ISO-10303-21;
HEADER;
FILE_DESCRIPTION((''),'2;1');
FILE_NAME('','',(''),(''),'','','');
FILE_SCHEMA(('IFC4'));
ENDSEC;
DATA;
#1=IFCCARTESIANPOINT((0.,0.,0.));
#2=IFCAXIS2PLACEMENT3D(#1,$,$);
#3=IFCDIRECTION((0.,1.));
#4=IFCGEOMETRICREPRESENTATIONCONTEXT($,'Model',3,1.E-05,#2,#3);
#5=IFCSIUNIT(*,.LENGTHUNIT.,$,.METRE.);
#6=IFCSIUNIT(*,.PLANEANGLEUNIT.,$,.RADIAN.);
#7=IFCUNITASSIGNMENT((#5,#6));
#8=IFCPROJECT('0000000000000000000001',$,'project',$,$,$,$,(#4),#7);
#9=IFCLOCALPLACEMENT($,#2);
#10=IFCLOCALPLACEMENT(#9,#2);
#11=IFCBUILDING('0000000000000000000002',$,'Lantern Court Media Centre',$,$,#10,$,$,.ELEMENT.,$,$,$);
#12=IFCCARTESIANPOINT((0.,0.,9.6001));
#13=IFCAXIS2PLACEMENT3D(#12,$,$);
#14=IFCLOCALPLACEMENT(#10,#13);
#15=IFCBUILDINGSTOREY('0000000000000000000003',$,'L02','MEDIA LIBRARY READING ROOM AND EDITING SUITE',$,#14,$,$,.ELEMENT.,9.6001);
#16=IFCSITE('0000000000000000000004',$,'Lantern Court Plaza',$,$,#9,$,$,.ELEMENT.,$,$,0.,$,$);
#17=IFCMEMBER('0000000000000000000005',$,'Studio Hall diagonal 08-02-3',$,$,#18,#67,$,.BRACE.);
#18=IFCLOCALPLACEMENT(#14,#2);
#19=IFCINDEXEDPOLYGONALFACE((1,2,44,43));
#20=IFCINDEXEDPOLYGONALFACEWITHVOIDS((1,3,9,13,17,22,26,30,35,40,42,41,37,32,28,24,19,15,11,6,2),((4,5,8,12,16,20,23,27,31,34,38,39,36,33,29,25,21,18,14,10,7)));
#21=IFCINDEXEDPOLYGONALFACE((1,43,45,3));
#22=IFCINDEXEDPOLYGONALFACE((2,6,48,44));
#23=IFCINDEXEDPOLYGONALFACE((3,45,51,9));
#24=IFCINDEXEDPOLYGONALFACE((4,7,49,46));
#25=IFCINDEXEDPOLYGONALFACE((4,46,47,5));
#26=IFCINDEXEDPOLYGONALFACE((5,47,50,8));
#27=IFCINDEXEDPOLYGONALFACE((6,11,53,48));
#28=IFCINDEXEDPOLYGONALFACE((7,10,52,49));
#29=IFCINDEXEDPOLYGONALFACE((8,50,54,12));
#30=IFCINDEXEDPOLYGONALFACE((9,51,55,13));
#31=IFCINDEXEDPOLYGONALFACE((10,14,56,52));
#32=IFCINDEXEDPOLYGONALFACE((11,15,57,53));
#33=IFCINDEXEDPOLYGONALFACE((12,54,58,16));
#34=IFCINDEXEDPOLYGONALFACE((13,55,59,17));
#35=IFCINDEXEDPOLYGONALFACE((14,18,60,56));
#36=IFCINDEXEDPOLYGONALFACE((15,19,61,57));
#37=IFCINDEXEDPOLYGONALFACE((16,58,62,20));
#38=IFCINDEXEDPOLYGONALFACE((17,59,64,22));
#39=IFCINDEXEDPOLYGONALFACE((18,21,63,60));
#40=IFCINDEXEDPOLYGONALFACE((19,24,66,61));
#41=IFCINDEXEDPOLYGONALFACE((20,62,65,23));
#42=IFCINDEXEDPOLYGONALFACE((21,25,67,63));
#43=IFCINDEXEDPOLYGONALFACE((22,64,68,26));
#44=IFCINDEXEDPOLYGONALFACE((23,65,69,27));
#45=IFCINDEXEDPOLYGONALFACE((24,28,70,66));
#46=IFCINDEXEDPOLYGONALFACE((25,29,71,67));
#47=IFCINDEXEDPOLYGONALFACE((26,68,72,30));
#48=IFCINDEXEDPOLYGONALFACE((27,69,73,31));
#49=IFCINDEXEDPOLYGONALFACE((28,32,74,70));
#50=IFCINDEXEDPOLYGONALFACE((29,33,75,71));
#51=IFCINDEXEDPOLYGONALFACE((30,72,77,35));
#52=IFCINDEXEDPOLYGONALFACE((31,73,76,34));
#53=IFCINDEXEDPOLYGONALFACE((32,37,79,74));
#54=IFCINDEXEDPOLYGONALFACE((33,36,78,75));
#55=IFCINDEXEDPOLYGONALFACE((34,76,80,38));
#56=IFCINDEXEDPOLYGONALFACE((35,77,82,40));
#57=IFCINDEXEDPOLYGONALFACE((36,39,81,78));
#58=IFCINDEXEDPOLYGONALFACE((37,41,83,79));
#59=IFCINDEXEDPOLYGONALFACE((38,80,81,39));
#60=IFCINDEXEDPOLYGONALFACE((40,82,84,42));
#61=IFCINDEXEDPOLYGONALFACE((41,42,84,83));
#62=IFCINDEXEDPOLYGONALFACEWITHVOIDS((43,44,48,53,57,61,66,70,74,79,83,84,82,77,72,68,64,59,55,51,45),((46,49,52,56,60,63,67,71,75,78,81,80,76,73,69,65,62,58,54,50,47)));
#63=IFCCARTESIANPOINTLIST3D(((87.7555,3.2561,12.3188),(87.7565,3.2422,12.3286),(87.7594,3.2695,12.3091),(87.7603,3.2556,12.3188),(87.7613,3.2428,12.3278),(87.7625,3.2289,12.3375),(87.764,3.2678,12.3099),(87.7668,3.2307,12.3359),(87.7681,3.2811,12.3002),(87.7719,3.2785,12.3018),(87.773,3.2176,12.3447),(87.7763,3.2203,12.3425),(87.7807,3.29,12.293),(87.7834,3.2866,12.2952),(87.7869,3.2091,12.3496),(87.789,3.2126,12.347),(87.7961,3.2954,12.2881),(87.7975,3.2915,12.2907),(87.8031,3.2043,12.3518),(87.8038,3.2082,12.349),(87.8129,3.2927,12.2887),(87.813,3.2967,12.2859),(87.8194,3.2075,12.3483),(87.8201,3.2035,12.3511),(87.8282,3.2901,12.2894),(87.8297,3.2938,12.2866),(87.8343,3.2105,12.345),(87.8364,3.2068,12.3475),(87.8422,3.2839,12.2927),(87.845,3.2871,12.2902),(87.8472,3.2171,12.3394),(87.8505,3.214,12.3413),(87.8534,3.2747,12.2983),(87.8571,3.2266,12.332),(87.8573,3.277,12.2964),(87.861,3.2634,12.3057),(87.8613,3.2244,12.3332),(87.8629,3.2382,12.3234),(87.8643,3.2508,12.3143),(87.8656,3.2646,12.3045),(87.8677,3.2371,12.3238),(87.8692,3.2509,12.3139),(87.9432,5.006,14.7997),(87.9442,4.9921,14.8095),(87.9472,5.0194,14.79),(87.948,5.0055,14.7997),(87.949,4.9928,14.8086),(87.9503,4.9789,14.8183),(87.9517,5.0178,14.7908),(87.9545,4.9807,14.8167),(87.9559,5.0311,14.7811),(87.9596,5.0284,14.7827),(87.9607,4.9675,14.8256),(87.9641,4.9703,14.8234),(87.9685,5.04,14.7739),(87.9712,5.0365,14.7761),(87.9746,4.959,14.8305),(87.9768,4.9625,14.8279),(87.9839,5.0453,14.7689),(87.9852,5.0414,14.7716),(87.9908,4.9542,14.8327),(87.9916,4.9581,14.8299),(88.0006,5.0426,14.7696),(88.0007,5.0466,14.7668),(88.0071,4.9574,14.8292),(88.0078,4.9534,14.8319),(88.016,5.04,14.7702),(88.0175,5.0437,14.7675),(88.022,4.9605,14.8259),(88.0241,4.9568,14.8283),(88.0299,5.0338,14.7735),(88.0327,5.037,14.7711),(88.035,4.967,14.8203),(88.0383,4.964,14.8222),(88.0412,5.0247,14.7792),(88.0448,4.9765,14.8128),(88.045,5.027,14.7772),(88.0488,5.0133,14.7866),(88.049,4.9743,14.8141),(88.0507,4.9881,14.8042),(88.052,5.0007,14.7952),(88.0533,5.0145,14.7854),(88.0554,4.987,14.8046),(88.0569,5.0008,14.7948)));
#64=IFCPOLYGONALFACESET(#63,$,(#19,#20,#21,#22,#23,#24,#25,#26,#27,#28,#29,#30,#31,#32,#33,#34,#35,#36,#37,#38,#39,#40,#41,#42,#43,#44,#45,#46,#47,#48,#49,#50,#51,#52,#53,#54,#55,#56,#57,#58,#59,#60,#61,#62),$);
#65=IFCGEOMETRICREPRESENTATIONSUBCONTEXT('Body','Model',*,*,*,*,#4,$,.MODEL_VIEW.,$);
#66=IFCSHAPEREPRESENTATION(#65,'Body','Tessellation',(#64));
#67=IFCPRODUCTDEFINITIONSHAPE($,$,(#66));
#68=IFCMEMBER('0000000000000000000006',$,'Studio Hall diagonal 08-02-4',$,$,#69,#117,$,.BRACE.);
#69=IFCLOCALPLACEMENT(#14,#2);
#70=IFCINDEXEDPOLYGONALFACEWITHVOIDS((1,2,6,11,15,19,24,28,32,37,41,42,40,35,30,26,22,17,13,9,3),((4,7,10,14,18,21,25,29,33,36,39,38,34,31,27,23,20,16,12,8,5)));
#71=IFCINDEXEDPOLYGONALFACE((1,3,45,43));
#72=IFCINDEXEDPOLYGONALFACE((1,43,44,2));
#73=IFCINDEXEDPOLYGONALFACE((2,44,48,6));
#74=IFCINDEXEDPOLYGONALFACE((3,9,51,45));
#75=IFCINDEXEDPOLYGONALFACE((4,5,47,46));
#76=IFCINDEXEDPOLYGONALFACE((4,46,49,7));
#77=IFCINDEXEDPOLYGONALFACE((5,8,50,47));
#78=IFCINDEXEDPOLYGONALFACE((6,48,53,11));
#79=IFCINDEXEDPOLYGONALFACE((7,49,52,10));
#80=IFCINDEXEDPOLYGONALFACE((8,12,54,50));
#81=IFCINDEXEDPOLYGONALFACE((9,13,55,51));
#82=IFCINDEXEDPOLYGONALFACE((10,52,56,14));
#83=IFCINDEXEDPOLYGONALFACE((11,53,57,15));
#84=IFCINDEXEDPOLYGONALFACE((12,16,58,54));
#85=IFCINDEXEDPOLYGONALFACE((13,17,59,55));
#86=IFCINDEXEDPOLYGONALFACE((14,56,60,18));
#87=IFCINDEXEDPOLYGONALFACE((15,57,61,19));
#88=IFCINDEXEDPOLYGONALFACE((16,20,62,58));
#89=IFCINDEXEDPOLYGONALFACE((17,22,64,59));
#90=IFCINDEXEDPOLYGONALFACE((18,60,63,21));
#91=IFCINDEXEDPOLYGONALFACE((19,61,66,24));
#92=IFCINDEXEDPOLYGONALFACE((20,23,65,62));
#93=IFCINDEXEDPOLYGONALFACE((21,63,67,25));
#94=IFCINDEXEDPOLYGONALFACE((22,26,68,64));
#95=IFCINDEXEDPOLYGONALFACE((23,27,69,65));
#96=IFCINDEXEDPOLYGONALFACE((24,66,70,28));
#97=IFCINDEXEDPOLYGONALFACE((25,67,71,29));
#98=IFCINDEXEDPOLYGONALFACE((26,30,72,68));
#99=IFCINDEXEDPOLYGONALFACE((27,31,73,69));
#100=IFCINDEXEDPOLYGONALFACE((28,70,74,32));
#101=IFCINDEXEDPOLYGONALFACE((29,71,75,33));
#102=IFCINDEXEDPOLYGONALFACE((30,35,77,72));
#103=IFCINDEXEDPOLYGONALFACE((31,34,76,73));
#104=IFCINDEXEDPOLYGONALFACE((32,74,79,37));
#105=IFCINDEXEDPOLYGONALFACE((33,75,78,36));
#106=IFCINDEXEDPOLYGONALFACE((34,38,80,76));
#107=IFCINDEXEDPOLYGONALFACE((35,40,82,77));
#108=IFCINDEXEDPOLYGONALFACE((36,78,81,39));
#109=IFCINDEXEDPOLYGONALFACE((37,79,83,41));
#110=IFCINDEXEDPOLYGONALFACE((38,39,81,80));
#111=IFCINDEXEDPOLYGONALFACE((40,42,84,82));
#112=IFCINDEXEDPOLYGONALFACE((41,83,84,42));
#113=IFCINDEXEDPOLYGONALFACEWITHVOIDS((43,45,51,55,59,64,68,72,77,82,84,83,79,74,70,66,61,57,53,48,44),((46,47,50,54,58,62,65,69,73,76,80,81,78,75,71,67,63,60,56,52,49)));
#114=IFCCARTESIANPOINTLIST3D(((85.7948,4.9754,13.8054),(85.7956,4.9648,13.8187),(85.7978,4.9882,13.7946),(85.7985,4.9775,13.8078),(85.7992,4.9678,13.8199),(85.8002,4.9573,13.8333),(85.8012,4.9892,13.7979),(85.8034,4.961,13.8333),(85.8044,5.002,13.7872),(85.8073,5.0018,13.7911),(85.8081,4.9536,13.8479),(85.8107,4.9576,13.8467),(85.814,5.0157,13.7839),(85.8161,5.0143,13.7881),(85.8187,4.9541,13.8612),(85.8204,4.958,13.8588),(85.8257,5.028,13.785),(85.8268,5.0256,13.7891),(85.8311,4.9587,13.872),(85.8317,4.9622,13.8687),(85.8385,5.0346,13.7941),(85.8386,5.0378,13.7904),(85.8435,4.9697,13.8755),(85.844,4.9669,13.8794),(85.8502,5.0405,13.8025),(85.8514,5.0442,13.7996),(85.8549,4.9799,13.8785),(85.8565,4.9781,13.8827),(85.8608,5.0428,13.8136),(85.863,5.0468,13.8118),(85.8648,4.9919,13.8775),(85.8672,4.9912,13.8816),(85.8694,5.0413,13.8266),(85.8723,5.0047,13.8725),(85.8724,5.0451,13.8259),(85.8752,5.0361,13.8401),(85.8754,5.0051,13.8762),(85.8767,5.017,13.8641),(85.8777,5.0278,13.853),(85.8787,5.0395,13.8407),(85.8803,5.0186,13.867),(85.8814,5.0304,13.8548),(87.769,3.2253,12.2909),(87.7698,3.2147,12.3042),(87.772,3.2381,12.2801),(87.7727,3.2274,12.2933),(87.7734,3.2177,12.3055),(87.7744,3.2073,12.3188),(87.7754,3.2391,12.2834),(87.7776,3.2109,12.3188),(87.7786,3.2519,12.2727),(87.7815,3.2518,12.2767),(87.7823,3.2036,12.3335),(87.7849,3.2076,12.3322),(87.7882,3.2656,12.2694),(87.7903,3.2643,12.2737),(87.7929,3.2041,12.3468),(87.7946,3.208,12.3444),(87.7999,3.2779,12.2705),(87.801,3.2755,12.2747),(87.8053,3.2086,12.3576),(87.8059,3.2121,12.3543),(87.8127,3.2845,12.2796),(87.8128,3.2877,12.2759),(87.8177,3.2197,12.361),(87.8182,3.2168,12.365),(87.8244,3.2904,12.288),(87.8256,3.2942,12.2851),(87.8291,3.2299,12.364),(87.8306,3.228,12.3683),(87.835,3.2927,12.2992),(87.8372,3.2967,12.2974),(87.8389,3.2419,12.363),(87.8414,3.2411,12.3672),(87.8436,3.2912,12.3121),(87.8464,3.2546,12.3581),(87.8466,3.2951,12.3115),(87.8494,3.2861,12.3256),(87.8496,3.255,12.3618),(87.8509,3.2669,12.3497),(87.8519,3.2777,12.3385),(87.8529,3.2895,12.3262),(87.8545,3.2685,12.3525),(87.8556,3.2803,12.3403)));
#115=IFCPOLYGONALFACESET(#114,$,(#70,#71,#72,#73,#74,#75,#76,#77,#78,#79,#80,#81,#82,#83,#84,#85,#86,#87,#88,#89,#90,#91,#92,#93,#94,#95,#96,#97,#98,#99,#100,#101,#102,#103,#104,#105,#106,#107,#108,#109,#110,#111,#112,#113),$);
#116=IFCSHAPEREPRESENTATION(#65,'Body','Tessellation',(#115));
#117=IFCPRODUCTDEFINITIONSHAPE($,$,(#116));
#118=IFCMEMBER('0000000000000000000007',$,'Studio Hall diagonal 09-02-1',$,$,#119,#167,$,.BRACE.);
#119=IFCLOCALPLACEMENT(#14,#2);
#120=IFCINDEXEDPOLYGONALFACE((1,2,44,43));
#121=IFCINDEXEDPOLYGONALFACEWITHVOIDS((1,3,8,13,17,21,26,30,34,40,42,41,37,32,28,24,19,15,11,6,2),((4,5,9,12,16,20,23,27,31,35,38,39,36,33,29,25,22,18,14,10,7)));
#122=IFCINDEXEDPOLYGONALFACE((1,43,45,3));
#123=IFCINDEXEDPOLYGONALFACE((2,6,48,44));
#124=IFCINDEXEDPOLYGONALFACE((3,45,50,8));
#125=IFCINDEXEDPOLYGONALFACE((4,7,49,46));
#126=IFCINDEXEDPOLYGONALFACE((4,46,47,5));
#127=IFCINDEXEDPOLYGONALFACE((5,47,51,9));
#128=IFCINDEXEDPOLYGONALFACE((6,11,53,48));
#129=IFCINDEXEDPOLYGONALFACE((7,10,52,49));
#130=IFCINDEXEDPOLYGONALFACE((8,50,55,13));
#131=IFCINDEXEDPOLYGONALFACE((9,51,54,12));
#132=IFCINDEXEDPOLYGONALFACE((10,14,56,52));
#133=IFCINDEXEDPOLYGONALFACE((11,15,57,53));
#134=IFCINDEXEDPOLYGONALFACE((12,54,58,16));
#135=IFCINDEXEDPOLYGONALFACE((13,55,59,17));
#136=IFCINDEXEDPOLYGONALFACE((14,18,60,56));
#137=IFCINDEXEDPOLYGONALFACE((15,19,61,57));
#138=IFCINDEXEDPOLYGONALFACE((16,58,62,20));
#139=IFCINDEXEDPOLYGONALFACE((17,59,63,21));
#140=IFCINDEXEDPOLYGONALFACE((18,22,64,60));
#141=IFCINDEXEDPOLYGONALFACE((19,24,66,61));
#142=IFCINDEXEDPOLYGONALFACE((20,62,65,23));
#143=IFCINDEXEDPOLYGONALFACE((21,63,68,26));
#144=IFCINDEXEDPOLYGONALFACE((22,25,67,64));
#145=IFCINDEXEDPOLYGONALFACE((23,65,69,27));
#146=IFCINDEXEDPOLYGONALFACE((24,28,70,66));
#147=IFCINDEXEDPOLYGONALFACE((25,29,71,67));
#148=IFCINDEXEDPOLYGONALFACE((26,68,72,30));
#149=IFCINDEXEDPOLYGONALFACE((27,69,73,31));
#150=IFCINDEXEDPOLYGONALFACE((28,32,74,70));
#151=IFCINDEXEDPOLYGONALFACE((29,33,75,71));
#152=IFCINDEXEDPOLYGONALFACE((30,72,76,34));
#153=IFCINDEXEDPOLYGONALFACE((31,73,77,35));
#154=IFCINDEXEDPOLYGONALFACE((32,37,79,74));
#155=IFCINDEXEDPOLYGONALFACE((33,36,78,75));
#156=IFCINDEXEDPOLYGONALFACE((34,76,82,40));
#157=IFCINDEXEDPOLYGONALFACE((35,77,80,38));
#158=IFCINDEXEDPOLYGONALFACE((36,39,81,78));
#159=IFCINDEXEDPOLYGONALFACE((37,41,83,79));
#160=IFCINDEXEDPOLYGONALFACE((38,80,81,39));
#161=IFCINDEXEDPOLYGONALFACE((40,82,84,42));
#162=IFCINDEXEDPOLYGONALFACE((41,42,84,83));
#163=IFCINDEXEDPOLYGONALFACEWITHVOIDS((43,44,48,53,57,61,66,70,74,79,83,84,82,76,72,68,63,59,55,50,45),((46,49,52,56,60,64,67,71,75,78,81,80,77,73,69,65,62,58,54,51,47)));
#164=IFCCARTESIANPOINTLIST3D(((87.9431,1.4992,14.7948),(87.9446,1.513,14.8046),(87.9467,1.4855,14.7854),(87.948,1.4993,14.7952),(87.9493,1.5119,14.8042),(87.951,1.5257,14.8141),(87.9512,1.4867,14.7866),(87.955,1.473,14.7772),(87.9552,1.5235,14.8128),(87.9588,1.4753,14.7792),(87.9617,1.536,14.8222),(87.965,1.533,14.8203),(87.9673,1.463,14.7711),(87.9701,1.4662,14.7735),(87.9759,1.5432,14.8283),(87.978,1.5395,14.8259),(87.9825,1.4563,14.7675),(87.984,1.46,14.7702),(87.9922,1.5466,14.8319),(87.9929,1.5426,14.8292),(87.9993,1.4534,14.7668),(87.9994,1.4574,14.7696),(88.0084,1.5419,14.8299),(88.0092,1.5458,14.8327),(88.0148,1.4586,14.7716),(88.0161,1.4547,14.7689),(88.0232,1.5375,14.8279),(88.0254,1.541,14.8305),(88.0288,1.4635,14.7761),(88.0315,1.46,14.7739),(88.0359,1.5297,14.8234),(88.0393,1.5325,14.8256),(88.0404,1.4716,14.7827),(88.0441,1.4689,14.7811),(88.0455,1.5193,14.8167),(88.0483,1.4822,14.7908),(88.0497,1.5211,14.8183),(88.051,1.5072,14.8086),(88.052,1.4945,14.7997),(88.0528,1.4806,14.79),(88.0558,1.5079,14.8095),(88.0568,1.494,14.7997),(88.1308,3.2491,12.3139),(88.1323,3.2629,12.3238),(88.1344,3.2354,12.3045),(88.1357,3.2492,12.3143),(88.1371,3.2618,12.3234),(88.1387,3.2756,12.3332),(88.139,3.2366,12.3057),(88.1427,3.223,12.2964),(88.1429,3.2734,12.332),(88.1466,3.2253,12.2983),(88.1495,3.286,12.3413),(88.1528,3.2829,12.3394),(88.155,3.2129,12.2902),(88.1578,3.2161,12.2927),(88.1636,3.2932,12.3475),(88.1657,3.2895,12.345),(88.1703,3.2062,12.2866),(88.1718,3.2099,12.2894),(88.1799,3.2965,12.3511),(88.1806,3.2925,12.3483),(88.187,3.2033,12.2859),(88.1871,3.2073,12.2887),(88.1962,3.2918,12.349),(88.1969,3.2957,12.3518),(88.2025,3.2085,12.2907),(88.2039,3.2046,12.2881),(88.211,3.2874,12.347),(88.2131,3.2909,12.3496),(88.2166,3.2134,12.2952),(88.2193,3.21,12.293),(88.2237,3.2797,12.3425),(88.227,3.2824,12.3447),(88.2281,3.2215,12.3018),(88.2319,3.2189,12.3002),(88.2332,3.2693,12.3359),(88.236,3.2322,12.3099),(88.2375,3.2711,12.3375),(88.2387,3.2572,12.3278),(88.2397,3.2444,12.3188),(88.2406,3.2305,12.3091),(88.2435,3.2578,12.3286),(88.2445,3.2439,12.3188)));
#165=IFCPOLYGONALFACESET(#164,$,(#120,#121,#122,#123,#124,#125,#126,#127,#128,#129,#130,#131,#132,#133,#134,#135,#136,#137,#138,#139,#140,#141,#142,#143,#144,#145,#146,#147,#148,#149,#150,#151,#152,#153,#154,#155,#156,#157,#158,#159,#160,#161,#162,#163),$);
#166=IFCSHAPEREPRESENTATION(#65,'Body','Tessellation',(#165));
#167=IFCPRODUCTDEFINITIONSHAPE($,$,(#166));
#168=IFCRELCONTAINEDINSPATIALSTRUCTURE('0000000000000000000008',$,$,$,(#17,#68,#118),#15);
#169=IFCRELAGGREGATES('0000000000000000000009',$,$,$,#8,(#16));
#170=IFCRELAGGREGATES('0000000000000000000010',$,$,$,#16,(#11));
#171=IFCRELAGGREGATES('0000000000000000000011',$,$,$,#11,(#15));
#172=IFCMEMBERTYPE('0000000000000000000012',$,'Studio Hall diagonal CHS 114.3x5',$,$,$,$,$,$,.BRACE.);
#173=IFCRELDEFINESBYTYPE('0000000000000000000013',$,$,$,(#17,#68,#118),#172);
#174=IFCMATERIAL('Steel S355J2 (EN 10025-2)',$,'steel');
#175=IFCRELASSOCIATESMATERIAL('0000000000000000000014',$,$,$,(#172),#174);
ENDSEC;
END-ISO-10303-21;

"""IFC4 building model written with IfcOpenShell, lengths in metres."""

from ifc_helpers import new_model, si_unit, direction, frame, origin, origin_2d, place, context, subcontext, project, spatial, hollow_circle, extrude, material, material_profile, profile_set, type_object, element, save


model = new_model("IFC4")

# Units and contexts
model_context = context("Model", 3, precision=1e-05, world=origin(), true_north=direction((0.0, 1.0)))
body_context = subcontext(model_context, "Body", "Model", "MODEL_VIEW")
ifc_project = project(units=[si_unit("LENGTHUNIT", "METRE"), si_unit("PLANEANGLEUNIT", "RADIAN")], contexts=[model_context])

# Site, building, storey
site_placement = place(None, origin())
site = spatial("IfcSite", under=ifc_project, at=site_placement, Name="Lantern Court Plaza", CompositionType="ELEMENT", RefElevation=0.0)
building_placement = place(site_placement, origin())
building = spatial("IfcBuilding", under=site, at=building_placement, Name="Lantern Court Media Centre", CompositionType="ELEMENT")
storey_placement = place(building_placement, frame((0.0, 0.0, 9.6001)))
storey = spatial("IfcBuildingStorey", under=building, at=storey_placement, Name="L02", Description="MEDIA LIBRARY READING ROOM AND EDITING SUITE", CompositionType="ELEMENT", Elevation=9.6001)

# Members
ifc_material = material(Name="Steel S355J2 (EN 10025-2)", Category="steel")
ifc_material_profile_1 = material_profile(ifc_material, hollow_circle(Radius=0.0571, WallThickness=0.0049, at=origin_2d()), Name="Studio Hall diagonal CHS 114.3x5")
ifc_profile_set_1 = profile_set([ifc_material_profile_1], Name="Steel S355J2 (EN 10025-2)")
member_type_1 = type_object("IfcMemberType", Name="Studio Hall diagonal CHS 114.3x5", PredefinedType="BRACE", material=ifc_profile_set_1)
for number, where, z_axis, x_axis, name in (
    (1, (87.8123, 3.25, 12.3188), (0.06172, 0.575306, 0.815606), (-0.994294, 0.10667, 0.0), "Studio Hall diagonal 08-02-3"),
):
    element("IfcMember", number, at=place(storey_placement, frame(where, z_axis=z_axis, x_axis=x_axis)), inside=storey, type_object=member_type_1, Name=name, PredefinedType="BRACE", context=body_context, shape_type="SweptSolid", body=[
        extrude(hollow_circle(Radius=0.0571, WallThickness=0.0049, at=origin_2d()), origin(), (0.0, 0.0, 1.0), 3.0417),
    ])
member_1_placement = place(storey_placement, frame((87.8123, 3.25, 12.3188), z_axis=(-0.648979, 0.575301, 0.49785), x_axis=(-0.663352, -0.748307, 0.0)))
element("IfcMember", 2, at=member_1_placement, inside=storey, type_object=member_type_1, Name="Studio Hall diagonal 08-02-4", PredefinedType="BRACE", context=body_context, shape_type="SweptSolid", body=[
    extrude(hollow_circle(Radius=0.0571, WallThickness=0.0049, at=origin_2d()), origin(), (0.0, 0.0, 1.0), 3.042),
])
member_2_placement = place(storey_placement, frame((88.1877, 3.25, 12.3188), z_axis=(-0.06172, -0.575306, 0.815606), x_axis=(0.994294, -0.10667, 0.0)))
element("IfcMember", 3, at=member_2_placement, inside=storey, type_object=member_type_1, Name="Studio Hall diagonal 09-02-1", PredefinedType="BRACE", context=body_context, shape_type="SweptSolid", body=[
    extrude(hollow_circle(Radius=0.0571, WallThickness=0.0049, at=origin_2d()), origin(), (0.0, 0.0, 1.0), 3.0417),
])

save(model, "model.ifc")
